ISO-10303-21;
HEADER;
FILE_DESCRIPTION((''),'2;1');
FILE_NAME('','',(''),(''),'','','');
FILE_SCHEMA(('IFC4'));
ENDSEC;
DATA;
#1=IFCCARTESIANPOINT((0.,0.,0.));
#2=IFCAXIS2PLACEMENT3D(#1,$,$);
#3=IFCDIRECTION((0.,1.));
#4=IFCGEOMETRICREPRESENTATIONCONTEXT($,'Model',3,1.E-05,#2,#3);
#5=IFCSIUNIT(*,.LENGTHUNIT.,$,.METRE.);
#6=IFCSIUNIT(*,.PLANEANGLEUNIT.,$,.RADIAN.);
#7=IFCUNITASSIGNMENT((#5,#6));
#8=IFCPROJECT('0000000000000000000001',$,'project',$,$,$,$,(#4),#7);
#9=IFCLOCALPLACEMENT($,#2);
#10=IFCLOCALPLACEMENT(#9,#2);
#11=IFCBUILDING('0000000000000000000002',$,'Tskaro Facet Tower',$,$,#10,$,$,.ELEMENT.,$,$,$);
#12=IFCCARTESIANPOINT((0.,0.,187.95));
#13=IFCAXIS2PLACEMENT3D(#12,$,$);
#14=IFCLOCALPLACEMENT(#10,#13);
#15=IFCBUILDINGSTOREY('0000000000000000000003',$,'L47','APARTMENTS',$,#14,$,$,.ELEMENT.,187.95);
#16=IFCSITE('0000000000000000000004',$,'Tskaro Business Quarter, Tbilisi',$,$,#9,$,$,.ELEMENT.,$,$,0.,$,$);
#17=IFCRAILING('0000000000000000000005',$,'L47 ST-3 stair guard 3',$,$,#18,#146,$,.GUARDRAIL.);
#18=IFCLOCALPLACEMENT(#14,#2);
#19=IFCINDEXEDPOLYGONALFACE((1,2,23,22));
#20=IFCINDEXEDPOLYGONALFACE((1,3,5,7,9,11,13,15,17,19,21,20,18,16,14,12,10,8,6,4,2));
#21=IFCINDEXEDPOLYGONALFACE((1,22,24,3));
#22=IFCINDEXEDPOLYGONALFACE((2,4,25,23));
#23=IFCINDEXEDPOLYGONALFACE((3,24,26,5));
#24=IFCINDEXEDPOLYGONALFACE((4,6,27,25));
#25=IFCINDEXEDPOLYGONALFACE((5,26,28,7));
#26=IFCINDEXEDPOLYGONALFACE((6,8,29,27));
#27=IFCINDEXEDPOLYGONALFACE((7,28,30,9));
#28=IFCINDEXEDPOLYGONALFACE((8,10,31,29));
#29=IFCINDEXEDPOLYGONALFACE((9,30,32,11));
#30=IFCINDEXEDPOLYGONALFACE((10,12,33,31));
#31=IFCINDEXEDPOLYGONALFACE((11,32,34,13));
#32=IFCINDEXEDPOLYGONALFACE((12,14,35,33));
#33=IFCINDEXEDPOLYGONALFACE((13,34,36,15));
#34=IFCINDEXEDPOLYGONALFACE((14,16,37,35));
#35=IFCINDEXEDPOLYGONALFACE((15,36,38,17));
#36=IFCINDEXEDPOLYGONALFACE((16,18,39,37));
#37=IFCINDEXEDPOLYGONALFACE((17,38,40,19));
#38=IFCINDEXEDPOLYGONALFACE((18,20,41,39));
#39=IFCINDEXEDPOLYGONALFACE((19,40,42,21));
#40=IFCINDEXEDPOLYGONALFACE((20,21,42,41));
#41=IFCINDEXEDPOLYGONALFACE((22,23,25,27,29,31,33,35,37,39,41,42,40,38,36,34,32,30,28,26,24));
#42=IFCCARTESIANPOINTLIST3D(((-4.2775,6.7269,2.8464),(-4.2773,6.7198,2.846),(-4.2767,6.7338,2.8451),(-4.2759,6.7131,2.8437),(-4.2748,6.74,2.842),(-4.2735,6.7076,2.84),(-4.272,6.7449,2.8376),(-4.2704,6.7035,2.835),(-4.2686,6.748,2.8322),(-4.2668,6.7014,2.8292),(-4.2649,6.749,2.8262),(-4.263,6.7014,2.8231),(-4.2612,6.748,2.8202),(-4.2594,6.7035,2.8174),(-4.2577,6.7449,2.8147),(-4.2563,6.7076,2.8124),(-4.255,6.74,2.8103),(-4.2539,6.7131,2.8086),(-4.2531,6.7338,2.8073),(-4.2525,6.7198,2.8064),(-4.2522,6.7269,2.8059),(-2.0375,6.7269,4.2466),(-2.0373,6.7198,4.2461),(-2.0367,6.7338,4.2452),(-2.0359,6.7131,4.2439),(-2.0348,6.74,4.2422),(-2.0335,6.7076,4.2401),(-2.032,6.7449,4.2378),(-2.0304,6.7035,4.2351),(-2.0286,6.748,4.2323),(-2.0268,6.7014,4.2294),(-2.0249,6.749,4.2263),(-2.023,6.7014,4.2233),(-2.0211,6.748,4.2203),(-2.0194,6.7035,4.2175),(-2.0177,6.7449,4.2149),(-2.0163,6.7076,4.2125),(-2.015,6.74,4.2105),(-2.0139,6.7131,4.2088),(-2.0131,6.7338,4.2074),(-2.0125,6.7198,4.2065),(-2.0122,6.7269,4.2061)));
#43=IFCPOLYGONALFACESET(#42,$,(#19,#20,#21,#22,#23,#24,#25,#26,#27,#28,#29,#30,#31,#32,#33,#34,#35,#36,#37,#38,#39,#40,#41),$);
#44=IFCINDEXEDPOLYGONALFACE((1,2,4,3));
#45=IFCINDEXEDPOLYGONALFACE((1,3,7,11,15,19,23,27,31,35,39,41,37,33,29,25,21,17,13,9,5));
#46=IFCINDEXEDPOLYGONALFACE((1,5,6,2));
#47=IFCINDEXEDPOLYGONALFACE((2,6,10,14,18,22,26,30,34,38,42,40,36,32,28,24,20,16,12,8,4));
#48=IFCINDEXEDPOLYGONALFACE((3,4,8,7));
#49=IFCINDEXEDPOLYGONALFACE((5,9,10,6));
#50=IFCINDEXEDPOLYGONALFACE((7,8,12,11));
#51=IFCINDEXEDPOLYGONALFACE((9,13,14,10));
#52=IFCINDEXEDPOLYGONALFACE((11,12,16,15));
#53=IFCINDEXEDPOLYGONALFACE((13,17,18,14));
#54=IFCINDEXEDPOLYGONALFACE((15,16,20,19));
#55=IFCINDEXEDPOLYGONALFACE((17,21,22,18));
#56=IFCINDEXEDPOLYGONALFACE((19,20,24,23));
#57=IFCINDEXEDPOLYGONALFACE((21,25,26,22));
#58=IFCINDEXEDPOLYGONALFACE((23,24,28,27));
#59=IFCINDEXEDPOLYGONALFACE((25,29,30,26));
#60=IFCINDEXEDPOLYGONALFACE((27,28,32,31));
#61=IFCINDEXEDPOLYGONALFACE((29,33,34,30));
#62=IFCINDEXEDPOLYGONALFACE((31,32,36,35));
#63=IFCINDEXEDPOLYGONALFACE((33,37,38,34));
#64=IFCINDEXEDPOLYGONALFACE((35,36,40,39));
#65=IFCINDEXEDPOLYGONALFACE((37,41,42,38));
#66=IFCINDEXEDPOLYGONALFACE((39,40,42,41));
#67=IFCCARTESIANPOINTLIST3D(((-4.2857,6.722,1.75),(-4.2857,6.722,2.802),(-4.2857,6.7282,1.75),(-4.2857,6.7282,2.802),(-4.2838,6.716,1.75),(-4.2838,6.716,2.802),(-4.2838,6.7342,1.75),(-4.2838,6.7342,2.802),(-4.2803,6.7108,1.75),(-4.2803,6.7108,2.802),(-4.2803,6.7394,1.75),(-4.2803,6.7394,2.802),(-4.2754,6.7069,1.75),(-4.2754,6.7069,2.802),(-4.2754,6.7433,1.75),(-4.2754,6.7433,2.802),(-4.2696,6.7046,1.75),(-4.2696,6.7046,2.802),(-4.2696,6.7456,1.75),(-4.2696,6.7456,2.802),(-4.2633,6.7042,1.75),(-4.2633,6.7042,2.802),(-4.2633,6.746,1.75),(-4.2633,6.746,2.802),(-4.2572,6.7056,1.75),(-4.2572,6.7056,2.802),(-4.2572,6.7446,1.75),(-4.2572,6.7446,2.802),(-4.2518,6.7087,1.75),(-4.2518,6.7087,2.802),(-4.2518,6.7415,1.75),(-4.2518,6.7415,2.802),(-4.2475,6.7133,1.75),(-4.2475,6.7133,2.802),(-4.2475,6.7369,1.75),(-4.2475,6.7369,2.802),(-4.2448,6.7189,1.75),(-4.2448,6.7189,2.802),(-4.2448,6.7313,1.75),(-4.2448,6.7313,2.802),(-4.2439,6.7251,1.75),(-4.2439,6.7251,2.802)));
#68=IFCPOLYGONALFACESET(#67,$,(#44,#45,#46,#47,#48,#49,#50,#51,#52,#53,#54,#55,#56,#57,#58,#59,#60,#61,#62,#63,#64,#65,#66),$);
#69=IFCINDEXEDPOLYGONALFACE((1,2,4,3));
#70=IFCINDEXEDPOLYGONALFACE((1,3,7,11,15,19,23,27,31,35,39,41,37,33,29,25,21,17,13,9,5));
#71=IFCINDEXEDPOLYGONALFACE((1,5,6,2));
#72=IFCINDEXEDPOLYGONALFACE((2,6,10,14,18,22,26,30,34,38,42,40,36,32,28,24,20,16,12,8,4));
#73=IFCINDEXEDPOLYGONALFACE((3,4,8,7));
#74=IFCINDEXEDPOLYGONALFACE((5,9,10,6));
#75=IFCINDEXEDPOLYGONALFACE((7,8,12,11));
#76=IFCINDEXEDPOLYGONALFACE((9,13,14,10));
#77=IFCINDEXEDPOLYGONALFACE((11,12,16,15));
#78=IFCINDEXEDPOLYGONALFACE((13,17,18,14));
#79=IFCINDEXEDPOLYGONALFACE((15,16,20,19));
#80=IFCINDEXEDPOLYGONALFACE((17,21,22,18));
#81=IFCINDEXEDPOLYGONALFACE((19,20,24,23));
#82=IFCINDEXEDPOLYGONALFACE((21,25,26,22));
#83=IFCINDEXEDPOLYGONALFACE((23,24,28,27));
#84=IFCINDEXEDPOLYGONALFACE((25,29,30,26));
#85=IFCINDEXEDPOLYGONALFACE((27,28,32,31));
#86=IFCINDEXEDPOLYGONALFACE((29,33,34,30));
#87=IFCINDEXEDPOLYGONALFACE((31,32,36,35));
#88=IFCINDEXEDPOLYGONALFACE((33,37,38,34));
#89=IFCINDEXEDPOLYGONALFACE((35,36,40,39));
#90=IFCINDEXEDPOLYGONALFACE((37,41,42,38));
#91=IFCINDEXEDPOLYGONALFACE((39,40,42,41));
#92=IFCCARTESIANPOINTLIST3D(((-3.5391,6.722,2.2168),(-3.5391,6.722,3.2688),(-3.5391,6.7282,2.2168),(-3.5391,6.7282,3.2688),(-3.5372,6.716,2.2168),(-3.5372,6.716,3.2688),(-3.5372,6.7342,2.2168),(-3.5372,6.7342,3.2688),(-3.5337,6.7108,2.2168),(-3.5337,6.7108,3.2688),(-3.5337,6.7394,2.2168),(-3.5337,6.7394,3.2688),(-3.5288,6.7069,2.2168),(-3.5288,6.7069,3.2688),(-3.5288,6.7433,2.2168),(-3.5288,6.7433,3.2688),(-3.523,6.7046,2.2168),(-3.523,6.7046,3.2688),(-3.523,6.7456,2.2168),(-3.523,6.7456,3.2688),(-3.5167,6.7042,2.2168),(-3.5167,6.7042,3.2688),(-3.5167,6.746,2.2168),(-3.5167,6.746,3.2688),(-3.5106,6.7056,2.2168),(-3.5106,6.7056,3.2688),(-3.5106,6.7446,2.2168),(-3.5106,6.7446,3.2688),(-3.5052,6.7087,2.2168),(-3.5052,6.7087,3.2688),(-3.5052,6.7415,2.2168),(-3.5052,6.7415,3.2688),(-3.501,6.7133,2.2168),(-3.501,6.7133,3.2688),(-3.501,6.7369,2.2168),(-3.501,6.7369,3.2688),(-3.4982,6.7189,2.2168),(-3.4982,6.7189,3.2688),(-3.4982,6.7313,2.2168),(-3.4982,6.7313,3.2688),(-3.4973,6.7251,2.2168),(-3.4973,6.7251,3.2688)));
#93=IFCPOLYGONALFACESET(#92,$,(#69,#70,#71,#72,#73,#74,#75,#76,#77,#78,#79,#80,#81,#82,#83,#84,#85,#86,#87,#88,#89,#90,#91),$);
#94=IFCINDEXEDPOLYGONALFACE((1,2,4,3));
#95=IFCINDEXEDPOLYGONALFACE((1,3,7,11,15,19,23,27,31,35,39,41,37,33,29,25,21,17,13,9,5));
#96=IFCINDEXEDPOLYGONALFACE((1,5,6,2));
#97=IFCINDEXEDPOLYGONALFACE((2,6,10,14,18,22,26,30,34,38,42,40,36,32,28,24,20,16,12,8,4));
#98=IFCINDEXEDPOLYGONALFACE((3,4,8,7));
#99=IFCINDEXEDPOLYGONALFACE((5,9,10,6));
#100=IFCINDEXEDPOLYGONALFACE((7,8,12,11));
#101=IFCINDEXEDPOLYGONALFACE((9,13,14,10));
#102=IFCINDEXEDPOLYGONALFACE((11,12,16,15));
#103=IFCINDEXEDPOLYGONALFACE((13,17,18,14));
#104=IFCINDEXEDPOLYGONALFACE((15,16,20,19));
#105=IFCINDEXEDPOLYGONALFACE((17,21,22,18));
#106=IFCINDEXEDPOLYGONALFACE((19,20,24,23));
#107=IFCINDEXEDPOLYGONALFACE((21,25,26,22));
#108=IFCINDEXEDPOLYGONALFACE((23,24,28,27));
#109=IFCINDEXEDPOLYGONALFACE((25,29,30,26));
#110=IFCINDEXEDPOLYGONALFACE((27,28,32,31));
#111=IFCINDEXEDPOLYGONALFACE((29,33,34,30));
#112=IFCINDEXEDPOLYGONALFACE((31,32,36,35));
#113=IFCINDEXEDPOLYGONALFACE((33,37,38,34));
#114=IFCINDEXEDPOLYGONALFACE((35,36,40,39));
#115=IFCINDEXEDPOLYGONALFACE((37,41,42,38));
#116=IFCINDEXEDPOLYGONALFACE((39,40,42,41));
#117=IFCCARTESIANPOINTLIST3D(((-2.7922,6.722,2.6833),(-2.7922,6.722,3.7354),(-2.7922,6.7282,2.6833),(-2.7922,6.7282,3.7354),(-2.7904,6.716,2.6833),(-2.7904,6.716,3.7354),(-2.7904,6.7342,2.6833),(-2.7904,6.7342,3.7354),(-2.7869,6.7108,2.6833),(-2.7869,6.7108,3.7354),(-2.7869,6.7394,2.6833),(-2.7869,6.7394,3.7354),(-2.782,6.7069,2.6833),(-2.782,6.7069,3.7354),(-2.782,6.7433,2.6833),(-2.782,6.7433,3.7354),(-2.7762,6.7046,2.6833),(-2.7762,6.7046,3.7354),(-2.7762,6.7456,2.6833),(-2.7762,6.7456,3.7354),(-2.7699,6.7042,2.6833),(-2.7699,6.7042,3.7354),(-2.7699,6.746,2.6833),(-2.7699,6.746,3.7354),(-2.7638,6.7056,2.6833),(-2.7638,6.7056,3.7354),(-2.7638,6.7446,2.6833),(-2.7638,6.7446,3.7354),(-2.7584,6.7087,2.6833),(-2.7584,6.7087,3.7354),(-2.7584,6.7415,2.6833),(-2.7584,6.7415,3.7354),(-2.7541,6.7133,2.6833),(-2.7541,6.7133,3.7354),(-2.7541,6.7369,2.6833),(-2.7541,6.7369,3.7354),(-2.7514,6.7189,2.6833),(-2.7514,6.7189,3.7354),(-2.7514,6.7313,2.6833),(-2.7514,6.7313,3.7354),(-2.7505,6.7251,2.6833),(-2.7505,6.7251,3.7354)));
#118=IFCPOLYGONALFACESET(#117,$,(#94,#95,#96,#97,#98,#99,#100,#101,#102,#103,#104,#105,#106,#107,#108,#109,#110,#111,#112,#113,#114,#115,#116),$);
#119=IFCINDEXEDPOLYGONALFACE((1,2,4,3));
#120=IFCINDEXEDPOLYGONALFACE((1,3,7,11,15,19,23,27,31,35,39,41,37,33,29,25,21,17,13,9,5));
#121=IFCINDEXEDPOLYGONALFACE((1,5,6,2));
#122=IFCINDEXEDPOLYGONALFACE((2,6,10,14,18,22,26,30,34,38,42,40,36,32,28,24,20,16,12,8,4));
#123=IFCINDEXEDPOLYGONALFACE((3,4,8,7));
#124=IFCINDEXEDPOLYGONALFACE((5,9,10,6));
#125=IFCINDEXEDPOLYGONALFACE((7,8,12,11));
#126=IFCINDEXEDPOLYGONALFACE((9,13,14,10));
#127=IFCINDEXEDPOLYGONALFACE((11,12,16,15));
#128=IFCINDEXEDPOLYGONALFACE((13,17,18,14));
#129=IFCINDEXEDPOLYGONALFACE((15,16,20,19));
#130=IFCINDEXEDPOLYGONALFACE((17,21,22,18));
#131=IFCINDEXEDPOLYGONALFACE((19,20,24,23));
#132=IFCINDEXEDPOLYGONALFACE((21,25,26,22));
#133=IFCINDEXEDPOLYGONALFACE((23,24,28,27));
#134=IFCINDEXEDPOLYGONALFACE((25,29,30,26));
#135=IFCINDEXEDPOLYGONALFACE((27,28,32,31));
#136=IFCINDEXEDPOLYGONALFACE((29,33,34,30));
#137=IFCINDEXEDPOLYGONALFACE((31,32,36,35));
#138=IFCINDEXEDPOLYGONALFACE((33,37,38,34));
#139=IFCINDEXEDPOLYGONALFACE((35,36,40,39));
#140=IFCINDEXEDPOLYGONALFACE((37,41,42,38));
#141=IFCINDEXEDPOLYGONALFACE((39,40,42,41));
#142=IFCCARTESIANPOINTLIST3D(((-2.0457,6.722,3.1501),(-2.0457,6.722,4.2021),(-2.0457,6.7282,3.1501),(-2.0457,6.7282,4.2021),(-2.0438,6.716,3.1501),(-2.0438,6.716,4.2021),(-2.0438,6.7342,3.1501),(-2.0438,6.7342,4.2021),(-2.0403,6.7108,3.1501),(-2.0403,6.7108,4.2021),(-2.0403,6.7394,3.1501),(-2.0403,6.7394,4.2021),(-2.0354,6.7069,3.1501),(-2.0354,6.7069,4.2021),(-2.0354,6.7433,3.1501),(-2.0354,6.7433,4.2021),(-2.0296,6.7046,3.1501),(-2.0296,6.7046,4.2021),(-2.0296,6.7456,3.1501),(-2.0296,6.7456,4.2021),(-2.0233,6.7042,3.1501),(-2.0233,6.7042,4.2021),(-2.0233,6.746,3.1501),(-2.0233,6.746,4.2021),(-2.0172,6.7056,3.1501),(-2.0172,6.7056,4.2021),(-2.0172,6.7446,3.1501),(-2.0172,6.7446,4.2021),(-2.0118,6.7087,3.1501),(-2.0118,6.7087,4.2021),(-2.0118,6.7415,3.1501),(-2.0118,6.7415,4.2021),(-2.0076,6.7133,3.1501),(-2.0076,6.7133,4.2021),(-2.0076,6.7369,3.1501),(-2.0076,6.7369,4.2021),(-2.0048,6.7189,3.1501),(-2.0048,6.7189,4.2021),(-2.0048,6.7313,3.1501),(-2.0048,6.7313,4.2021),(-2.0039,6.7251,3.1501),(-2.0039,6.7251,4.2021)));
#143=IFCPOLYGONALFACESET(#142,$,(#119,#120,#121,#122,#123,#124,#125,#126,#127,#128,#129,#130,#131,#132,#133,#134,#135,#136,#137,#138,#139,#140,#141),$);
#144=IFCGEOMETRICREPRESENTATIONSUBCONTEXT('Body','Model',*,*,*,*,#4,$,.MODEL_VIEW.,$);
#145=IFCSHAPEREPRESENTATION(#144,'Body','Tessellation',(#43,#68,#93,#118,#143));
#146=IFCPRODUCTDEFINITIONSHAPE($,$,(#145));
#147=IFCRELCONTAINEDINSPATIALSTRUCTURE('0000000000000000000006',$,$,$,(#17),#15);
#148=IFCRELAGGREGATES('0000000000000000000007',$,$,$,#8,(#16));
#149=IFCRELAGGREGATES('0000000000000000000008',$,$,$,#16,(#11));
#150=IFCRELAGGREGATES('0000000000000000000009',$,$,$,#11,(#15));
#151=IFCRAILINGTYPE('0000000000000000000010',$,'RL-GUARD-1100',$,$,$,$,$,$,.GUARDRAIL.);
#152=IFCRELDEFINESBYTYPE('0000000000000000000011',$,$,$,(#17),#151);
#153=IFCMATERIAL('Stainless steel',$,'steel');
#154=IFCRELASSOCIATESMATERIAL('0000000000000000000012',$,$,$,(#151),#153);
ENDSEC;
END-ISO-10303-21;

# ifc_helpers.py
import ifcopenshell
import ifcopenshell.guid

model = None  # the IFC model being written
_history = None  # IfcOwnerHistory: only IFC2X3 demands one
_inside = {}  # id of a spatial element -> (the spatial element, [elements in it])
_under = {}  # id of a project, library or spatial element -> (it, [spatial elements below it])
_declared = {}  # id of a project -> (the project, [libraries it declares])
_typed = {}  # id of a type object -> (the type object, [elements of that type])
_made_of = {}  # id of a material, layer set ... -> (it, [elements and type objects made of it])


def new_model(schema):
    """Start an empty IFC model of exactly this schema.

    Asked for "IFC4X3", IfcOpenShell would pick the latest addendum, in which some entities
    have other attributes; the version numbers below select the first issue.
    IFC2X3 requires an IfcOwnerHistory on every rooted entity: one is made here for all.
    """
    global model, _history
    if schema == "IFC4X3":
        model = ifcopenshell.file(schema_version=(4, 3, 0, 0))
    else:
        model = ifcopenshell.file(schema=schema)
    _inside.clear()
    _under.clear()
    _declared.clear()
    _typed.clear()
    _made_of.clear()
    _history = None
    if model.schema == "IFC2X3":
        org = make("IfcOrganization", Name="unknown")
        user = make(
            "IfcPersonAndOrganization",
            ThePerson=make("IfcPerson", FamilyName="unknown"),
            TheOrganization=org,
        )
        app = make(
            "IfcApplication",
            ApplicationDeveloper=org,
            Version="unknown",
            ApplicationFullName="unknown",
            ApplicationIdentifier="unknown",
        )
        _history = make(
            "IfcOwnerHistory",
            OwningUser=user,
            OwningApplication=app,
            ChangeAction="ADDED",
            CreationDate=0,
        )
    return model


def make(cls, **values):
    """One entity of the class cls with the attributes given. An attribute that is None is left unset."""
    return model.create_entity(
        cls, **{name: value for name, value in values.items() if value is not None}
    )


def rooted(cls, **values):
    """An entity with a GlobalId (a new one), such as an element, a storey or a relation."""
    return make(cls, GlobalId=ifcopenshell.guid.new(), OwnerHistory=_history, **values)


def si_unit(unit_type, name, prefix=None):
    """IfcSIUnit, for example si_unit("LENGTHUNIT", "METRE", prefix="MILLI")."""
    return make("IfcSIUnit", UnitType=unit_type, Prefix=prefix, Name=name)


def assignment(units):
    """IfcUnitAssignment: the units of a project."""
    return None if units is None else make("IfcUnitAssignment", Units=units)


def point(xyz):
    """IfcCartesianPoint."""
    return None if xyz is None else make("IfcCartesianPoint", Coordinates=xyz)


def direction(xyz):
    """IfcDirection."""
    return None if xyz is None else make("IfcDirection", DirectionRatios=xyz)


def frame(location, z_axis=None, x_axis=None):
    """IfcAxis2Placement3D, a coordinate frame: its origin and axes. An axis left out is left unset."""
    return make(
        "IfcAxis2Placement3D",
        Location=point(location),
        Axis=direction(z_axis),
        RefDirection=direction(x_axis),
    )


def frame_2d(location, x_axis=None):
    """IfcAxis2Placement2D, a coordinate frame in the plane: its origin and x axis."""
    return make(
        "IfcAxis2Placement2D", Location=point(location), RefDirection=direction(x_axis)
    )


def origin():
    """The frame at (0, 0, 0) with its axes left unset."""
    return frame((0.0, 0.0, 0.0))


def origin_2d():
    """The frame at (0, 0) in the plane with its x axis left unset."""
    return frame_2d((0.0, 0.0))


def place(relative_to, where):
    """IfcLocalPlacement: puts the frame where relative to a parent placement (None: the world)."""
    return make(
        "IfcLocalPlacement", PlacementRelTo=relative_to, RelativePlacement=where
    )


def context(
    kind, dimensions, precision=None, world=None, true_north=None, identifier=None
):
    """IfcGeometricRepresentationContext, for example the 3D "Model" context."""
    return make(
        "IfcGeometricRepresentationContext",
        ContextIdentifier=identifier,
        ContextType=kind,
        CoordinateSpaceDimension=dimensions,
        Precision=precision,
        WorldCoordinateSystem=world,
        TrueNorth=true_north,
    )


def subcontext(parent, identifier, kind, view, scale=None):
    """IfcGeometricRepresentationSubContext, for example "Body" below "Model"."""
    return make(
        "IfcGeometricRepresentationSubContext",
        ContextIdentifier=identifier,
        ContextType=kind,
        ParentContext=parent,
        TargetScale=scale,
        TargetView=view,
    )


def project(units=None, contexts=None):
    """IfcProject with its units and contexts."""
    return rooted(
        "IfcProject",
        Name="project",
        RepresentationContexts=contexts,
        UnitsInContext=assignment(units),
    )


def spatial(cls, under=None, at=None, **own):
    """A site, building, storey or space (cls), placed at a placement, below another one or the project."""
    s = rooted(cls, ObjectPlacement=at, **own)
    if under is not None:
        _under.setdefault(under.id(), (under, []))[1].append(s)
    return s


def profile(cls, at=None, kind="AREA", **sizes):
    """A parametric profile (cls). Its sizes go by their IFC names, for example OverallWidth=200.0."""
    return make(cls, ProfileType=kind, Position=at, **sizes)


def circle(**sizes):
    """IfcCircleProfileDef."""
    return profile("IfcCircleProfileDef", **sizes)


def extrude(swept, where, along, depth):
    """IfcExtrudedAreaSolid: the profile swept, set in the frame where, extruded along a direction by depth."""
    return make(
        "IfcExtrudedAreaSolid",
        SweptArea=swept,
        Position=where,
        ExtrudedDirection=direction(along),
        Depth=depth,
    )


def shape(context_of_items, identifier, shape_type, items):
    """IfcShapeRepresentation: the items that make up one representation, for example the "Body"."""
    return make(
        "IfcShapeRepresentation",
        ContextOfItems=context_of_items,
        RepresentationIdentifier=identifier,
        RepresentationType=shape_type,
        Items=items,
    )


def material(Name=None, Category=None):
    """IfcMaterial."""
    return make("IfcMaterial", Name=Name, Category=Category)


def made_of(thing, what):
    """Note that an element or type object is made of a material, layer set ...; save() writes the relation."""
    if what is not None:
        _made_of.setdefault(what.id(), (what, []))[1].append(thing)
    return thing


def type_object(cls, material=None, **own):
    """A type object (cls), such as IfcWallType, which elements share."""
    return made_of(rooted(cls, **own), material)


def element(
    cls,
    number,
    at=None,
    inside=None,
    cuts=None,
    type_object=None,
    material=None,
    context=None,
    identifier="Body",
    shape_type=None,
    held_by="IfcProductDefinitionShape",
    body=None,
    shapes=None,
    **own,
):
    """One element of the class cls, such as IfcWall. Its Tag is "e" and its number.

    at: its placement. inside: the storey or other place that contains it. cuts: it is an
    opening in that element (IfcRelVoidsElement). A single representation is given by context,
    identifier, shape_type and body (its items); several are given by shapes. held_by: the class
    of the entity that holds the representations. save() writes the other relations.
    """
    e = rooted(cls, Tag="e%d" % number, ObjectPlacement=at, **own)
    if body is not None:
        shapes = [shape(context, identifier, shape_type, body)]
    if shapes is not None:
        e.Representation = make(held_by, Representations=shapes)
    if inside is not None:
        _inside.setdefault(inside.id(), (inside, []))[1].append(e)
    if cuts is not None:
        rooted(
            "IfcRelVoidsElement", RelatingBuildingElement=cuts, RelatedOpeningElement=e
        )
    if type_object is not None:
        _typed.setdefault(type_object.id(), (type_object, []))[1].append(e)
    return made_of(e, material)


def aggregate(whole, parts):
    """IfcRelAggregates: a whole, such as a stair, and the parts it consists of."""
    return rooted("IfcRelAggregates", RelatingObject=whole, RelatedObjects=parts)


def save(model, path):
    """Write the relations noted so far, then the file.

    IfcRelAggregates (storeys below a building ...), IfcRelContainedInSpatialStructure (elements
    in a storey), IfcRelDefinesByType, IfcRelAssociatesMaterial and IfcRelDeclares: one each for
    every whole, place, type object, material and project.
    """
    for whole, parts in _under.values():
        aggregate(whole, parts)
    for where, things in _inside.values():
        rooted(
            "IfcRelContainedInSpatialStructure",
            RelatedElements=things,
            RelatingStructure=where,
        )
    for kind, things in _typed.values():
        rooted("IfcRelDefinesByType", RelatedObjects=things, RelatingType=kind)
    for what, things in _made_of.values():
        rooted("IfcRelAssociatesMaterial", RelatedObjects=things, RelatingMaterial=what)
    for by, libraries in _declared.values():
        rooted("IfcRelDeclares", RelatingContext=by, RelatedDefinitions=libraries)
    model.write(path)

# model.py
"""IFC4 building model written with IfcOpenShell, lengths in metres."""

from ifc_helpers import new_model, si_unit, direction, frame, origin, origin_2d, place, context, subcontext, project, spatial, circle, extrude, material, type_object, element, save


model = new_model("IFC4")

# Units and contexts
model_context = context("Model", 3, precision=1e-05, world=origin(), true_north=direction((0.0, 1.0)))
body_context = subcontext(model_context, "Body", "Model", "MODEL_VIEW")
ifc_project = project(units=[si_unit("LENGTHUNIT", "METRE"), si_unit("PLANEANGLEUNIT", "RADIAN")], contexts=[model_context])

# Site, building, storey
site_placement = place(None, origin())
site = spatial("IfcSite", under=ifc_project, at=site_placement, Name="Tskaro Business Quarter, Tbilisi", CompositionType="ELEMENT", RefElevation=0.0)
building_placement = place(site_placement, origin())
building = spatial("IfcBuilding", under=site, at=building_placement, Name="Tskaro Facet Tower", CompositionType="ELEMENT")
storey_placement = place(building_placement, frame((0.0, 0.0, 187.95)))
storey = spatial("IfcBuildingStorey", under=building, at=storey_placement, Name="L47", Description="APARTMENTS", CompositionType="ELEMENT", Elevation=187.95)

# Railing
ifc_material_1 = material(Name="Stainless steel", Category="steel")
railing_type_1 = type_object("IfcRailingType", Name="RL-GUARD-1100", PredefinedType="GUARDRAIL", material=ifc_material_1)
railing_1_placement = place(storey_placement, frame((-4.2649, 6.7251, 1.75)))
element("IfcRailing", 1, at=railing_1_placement, inside=storey, type_object=railing_type_1, Name="L47 ST-3 stair guard 3", PredefinedType="GUARDRAIL", context=body_context, shape_type="SweptSolid", body=[
    extrude(circle(Radius=0.0239, at=origin_2d()), frame((0.0, 0.0, 1.0762), z_axis=(0.847972, 0.0, 0.53004), x_axis=(0.0, 1.0, 0.0)), (0.0, 0.0, 1.0), 2.6416),
    extrude(circle(Radius=0.021, at=origin_2d()), origin(), (0.0, 0.0, 1.0), 1.052),
    extrude(circle(Radius=0.021, at=origin_2d()), frame((0.7466, 0.0, 0.4668)), (0.0, 0.0, 1.0), 1.052),
    extrude(circle(Radius=0.021, at=origin_2d()), frame((1.4934, 0.0, 0.9333)), (0.0, 0.0, 1.0), 1.052),
    extrude(circle(Radius=0.021, at=origin_2d()), frame((2.24, 0.0, 1.4001)), (0.0, 0.0, 1.0), 1.052),
])

save(model, "model.ifc")
